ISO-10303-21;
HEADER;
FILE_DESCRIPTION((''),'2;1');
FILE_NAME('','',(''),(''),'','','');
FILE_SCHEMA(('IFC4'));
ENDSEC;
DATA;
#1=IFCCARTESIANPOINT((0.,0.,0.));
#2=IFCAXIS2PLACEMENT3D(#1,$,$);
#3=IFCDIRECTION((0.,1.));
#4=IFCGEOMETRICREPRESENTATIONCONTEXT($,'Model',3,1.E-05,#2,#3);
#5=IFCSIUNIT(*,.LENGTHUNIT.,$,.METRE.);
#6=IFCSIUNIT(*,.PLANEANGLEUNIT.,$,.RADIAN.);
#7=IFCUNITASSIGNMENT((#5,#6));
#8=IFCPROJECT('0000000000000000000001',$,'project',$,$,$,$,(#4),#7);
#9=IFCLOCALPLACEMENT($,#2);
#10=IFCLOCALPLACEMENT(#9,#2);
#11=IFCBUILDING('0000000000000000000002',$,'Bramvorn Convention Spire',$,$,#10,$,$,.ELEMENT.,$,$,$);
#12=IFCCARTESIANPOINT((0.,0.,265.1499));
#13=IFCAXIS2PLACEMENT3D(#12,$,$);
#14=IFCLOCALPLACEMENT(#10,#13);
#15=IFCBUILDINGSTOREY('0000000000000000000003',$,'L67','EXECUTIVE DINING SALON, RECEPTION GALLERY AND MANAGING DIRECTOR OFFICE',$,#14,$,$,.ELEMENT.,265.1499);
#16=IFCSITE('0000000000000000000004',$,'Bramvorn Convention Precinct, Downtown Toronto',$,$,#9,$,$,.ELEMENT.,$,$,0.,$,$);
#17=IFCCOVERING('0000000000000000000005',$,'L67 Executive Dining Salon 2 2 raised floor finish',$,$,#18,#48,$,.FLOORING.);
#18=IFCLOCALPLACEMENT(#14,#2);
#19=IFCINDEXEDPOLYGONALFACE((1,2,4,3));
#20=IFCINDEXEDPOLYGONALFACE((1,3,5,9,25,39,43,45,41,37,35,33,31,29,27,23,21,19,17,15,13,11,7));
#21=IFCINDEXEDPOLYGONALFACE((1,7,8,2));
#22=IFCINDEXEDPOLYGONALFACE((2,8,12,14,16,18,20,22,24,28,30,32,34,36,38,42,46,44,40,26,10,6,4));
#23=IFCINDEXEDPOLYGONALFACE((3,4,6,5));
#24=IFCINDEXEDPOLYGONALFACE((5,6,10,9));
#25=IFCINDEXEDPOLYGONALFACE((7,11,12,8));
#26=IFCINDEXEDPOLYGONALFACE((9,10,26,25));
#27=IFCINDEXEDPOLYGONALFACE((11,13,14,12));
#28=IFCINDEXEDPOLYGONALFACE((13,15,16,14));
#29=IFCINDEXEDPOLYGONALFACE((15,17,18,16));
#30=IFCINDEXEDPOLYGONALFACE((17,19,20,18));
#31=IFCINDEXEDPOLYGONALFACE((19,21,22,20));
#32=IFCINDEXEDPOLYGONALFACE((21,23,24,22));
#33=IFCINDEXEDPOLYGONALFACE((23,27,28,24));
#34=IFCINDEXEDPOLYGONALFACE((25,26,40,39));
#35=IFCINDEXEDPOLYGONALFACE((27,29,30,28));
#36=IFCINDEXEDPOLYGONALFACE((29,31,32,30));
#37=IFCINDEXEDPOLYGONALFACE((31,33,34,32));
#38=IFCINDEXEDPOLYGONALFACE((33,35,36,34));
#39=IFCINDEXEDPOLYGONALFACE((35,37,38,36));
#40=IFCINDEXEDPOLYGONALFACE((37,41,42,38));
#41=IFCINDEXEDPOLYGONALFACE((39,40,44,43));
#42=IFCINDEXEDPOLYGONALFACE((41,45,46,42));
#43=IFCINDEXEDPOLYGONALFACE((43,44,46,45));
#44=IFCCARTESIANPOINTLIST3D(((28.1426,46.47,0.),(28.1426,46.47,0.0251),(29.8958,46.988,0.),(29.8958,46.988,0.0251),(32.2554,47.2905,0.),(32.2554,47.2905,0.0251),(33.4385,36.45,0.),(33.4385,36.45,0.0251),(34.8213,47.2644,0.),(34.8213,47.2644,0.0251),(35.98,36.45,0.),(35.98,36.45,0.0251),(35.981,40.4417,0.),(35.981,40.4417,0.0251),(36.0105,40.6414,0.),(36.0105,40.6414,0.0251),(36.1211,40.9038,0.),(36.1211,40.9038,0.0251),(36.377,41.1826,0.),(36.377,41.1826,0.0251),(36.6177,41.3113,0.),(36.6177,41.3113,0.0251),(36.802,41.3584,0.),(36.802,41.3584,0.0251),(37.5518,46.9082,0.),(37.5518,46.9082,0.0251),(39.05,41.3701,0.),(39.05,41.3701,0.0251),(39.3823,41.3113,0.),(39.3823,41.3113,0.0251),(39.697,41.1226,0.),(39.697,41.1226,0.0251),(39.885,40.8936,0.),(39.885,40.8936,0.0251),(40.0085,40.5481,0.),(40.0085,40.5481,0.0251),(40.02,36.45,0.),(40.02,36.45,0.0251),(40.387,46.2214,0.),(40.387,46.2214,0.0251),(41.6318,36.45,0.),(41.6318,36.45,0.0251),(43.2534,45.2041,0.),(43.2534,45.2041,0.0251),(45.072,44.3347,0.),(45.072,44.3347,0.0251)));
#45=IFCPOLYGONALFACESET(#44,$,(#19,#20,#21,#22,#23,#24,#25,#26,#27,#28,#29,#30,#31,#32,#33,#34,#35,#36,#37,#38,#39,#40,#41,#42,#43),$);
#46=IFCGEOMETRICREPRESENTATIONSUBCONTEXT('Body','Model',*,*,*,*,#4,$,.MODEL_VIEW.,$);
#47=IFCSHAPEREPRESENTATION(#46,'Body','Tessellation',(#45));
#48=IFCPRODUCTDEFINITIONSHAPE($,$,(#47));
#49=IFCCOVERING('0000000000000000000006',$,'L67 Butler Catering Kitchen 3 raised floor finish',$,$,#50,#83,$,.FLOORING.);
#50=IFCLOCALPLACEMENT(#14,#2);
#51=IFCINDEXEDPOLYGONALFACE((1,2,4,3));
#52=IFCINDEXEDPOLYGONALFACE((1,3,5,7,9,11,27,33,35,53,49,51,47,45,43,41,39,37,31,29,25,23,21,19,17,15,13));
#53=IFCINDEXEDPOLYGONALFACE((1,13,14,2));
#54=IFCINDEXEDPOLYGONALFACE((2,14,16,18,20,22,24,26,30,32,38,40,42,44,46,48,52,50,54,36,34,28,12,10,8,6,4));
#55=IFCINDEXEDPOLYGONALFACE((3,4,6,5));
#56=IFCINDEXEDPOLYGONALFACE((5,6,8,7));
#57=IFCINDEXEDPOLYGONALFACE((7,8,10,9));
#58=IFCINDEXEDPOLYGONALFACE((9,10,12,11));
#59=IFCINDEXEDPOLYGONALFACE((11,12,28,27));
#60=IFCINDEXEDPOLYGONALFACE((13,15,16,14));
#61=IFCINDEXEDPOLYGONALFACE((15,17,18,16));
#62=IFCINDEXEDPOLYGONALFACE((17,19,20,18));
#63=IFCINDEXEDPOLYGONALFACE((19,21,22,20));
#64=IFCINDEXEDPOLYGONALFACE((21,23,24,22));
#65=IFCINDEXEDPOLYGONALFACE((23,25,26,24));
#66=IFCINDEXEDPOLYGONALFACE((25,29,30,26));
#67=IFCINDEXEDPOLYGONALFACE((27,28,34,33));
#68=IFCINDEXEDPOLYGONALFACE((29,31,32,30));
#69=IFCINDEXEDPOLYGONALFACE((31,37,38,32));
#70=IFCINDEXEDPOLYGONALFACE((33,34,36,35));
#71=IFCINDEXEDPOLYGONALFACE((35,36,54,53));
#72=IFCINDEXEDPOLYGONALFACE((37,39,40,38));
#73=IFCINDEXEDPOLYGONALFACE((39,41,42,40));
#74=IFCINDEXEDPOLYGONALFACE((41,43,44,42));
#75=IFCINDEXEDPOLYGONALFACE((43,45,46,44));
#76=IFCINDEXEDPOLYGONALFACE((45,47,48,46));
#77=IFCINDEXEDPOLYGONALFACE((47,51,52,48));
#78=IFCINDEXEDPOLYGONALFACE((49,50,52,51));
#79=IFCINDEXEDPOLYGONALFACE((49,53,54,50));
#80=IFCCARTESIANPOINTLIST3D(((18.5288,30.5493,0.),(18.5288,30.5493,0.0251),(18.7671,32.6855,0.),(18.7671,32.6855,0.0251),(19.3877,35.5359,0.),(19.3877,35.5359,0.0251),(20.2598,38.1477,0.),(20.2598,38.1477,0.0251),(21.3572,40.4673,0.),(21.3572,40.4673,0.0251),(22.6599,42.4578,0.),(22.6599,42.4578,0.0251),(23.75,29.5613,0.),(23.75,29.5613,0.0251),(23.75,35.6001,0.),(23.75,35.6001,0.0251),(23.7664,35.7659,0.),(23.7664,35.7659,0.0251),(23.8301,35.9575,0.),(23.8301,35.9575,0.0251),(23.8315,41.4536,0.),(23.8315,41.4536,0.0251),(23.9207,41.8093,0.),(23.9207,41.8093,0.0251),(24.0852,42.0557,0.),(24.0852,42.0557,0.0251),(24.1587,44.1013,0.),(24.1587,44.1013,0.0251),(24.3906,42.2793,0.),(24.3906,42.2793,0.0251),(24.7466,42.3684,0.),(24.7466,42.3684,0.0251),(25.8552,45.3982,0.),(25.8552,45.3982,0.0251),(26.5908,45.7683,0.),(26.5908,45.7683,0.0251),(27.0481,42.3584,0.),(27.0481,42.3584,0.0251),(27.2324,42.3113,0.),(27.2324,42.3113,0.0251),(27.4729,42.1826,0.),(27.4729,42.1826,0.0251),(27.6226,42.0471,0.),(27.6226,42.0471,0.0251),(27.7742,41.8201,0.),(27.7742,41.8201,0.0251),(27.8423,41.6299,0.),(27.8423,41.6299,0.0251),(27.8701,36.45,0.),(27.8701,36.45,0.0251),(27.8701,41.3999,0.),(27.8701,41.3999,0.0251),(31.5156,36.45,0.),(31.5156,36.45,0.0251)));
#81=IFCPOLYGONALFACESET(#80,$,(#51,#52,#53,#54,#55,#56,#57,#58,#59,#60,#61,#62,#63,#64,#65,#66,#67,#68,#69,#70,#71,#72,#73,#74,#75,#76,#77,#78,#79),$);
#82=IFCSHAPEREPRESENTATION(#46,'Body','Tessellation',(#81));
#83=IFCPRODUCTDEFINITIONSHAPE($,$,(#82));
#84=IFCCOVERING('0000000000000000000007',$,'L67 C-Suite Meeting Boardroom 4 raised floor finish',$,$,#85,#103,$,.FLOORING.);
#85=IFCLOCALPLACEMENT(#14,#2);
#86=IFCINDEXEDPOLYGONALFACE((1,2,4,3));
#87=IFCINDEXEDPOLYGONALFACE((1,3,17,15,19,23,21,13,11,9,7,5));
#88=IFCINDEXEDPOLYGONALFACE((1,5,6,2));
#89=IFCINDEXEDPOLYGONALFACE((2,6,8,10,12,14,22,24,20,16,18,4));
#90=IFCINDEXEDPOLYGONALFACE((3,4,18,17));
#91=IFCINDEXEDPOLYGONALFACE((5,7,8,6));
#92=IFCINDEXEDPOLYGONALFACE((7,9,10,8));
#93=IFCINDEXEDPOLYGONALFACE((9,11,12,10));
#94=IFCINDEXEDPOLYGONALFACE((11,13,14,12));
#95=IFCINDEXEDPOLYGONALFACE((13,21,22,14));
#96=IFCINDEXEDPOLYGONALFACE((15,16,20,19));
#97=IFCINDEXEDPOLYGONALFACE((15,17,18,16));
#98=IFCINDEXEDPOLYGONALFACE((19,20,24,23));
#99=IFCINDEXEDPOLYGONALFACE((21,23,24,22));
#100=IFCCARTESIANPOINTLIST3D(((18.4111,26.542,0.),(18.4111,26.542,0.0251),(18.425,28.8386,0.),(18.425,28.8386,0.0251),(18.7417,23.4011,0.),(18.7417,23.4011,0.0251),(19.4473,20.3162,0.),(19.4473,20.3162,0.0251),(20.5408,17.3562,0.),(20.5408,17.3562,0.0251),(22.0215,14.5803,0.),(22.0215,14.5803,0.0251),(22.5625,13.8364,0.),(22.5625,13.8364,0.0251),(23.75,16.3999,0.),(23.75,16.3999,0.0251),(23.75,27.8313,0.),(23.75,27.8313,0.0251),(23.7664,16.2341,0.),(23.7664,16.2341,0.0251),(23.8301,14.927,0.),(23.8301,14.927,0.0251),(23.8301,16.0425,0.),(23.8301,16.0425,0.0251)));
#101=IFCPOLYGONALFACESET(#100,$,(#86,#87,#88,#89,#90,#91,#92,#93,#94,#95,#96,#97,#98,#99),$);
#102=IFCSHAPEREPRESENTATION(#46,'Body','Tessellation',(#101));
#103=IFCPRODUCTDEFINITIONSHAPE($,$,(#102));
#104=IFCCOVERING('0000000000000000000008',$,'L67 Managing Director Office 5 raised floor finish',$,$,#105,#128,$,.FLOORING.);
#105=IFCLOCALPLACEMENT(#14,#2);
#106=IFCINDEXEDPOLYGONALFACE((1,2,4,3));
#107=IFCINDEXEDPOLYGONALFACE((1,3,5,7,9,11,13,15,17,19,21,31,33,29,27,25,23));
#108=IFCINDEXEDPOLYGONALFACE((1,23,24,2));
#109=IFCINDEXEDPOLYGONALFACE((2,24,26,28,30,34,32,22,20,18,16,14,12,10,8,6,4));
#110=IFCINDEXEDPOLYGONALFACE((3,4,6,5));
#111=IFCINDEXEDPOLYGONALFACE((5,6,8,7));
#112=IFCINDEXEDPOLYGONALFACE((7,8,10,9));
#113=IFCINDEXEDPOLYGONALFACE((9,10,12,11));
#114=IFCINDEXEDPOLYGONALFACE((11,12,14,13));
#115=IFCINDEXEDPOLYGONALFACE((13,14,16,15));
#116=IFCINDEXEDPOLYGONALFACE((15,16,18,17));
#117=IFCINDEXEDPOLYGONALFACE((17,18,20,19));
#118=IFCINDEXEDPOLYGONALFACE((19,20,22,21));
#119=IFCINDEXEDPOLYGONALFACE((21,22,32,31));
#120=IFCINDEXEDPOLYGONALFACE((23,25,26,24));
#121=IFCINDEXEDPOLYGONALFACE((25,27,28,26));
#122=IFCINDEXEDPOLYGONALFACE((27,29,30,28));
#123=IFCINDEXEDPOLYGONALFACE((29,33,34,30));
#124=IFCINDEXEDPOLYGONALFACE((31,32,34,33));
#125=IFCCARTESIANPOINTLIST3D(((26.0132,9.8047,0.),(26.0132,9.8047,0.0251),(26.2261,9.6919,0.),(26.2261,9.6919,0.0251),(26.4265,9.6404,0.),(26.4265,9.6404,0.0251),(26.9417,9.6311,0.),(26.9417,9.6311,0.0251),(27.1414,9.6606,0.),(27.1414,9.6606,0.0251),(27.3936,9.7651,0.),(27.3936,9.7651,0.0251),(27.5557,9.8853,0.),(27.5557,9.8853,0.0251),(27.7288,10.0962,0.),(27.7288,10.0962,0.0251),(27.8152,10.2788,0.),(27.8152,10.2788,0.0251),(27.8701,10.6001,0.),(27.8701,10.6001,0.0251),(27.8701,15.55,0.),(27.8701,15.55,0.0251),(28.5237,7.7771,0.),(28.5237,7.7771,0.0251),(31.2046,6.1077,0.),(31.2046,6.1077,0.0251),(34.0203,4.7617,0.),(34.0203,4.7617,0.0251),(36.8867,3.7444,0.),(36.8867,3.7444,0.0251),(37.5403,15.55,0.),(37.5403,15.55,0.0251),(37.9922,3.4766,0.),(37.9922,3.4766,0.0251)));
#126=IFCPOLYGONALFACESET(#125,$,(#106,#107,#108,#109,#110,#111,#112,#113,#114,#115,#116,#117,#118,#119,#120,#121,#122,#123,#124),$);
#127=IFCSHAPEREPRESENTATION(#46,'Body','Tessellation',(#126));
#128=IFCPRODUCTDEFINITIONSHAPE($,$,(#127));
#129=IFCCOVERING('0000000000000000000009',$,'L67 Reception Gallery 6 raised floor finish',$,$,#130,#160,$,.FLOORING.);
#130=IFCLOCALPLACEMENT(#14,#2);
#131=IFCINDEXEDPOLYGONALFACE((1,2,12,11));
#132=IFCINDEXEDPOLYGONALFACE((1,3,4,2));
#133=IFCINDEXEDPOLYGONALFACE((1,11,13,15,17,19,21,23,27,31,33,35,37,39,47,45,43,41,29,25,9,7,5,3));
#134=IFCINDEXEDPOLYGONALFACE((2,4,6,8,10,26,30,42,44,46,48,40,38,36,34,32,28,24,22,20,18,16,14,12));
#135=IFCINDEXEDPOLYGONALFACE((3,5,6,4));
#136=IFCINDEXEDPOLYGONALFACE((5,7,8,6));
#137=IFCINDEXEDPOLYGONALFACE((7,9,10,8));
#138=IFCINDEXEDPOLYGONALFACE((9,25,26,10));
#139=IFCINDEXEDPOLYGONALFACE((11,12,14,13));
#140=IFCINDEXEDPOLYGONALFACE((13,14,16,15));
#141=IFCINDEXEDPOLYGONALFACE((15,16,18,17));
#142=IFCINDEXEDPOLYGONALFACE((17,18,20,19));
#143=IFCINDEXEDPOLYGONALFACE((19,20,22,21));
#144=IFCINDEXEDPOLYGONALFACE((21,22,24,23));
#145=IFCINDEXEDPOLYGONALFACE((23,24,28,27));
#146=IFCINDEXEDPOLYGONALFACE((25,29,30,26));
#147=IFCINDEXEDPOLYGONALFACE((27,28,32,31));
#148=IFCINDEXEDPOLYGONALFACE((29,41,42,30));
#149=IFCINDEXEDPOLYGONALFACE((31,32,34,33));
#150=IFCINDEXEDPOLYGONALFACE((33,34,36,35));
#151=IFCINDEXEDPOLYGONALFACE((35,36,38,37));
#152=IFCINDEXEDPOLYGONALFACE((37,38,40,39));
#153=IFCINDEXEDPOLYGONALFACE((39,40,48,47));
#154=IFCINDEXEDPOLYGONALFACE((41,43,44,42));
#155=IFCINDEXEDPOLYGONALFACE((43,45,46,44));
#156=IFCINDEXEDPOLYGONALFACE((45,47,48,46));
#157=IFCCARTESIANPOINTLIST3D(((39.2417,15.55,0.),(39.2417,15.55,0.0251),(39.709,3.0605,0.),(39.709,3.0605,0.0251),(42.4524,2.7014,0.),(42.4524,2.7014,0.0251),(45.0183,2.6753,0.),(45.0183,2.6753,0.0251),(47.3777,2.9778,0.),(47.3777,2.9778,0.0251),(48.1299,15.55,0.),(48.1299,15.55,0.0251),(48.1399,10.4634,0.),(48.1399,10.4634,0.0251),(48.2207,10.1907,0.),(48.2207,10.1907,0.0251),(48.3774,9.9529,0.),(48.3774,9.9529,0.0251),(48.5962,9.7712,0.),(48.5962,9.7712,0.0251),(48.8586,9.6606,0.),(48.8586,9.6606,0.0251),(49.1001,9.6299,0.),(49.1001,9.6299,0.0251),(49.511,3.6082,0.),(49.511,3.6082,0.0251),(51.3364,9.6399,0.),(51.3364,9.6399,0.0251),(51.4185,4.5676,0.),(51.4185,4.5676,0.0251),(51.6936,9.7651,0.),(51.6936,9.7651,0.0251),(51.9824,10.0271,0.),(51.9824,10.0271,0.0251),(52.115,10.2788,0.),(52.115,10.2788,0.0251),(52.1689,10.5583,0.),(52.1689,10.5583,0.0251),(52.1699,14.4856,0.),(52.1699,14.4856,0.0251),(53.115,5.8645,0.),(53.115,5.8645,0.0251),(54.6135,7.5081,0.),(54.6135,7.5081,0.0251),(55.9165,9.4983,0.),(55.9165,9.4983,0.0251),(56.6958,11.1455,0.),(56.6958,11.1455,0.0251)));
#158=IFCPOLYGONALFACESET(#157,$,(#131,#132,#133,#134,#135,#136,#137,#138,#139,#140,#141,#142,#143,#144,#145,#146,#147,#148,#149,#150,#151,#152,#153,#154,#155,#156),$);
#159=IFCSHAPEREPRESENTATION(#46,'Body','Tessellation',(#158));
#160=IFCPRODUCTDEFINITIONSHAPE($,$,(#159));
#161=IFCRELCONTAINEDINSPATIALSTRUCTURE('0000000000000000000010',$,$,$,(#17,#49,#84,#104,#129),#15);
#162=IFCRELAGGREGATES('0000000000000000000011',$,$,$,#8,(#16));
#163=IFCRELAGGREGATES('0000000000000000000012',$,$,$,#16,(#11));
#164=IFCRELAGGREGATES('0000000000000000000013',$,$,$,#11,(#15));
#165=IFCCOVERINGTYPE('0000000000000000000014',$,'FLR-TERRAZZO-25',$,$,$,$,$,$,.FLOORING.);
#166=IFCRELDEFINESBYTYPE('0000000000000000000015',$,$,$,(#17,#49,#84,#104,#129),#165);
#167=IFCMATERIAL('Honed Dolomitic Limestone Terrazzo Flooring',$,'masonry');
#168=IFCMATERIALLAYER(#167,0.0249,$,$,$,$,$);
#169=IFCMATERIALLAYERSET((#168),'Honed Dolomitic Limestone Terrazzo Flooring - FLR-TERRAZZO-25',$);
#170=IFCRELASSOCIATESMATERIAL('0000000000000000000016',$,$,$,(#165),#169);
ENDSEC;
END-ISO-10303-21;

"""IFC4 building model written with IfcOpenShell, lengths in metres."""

from ifc_helpers import new_model, si_unit, direction, frame, origin, place, context, subcontext, project, spatial, polyline, outline, extrude, material, layer, layer_set, type_object, element, save


model = new_model("IFC4")

# Units and contexts
model_context = context("Model", 3, precision=1e-05, world=origin(), true_north=direction((0.0, 1.0)))
body_context = subcontext(model_context, "Body", "Model", "MODEL_VIEW")
ifc_project = project(units=[si_unit("LENGTHUNIT", "METRE"), si_unit("PLANEANGLEUNIT", "RADIAN")], contexts=[model_context])

# Site, building, storey
site_placement = place(None, origin())
site = spatial("IfcSite", under=ifc_project, at=site_placement, Name="Bramvorn Convention Precinct, Downtown Toronto", CompositionType="ELEMENT", RefElevation=0.0)
building_placement = place(site_placement, origin())
building = spatial("IfcBuilding", under=site, at=building_placement, Name="Bramvorn Convention Spire", CompositionType="ELEMENT")
storey_placement = place(building_placement, frame((0.0, 0.0, 265.1499)))
storey = spatial("IfcBuildingStorey", under=building, at=storey_placement, Name="L67", Description="EXECUTIVE DINING SALON, RECEPTION GALLERY AND MANAGING DIRECTOR OFFICE", CompositionType="ELEMENT", Elevation=265.1499)

# Coverings
ifc_material_1 = material(Name="Honed Dolomitic Limestone Terrazzo Flooring", Category="masonry")
ifc_layer_1 = layer(ifc_material_1, 0.0249)
ifc_layer_set_1 = layer_set([ifc_layer_1], Name="Honed Dolomitic Limestone Terrazzo Flooring - FLR-TERRAZZO-25")
covering_type = type_object("IfcCoveringType", Name="FLR-TERRAZZO-25", PredefinedType="FLOORING", material=ifc_layer_set_1)
covering_1_placement = place(storey_placement, origin())
element("IfcCovering", 1, at=covering_1_placement, inside=storey, type_object=covering_type, Name="L67 Executive Dining Salon 2 2 raised floor finish", PredefinedType="FLOORING", context=body_context, shape_type="SweptSolid", body=[
    extrude(outline(polyline([(33.4385, 36.45), (35.98, 36.45), (35.981, 40.4417), (36.0105, 40.6414), (36.1211, 40.9038), (36.377, 41.1826), (36.6177, 41.3113), (36.802, 41.3584), (39.05, 41.3701), (39.3823, 41.3113), (39.697, 41.1226), (39.885, 40.8936), (40.0085, 40.5481), (40.02, 36.45), (41.6318, 36.45), (45.072, 44.3347), (43.2534, 45.2041), (40.387, 46.2214), (37.5518, 46.9082), (34.8213, 47.2644), (32.2554, 47.2905), (29.8958, 46.988), (28.1426, 46.47), (33.4385, 36.45)])), origin(), (0.0, 0.0, 1.0), 0.0251),
])
covering_2_placement = place(storey_placement, origin())
element("IfcCovering", 2, at=covering_2_placement, inside=storey, type_object=covering_type, Name="L67 Butler Catering Kitchen 3 raised floor finish", PredefinedType="FLOORING", context=body_context, shape_type="SweptSolid", body=[
    extrude(outline(polyline([(18.7671, 32.6855), (18.5288, 30.5493), (23.75, 29.5613), (23.75, 35.6001), (23.7664, 35.7659), (23.8301, 35.9575), (23.8315, 41.4536), (23.9207, 41.8093), (24.0852, 42.0557), (24.3906, 42.2793), (24.7466, 42.3684), (27.0481, 42.3584), (27.2324, 42.3113), (27.4729, 42.1826), (27.6226, 42.0471), (27.7742, 41.8201), (27.8423, 41.6299), (27.8701, 41.3999), (27.8701, 36.45), (31.5156, 36.45), (26.5908, 45.7683), (25.8552, 45.3982), (24.1587, 44.1013), (22.6599, 42.4578), (21.3572, 40.4673), (20.2598, 38.1477), (19.3877, 35.5359), (18.7671, 32.6855)])), origin(), (0.0, 0.0, 1.0), 0.0251),
])
covering_3_placement = place(storey_placement, origin())
element("IfcCovering", 3, at=covering_3_placement, inside=storey, type_object=covering_type, Name="L67 C-Suite Meeting Boardroom 4 raised floor finish", PredefinedType="FLOORING", context=body_context, shape_type="SweptSolid", body=[
    extrude(outline(polyline([(18.4111, 26.542), (18.7417, 23.4011), (19.4473, 20.3162), (20.5408, 17.3562), (22.0215, 14.5803), (22.5625, 13.8364), (23.8301, 14.927), (23.8301, 16.0425), (23.7664, 16.2341), (23.75, 16.3999), (23.75, 27.8313), (18.425, 28.8386), (18.4111, 26.542)])), origin(), (0.0, 0.0, 1.0), 0.0251),
])
covering_4_placement = place(storey_placement, origin())
element("IfcCovering", 4, at=covering_4_placement, inside=storey, type_object=covering_type, Name="L67 Managing Director Office 5 raised floor finish", PredefinedType="FLOORING", context=body_context, shape_type="SweptSolid", body=[
    extrude(outline(polyline([(28.5237, 7.7771), (31.2046, 6.1077), (34.0203, 4.7617), (36.8867, 3.7444), (37.9922, 3.4766), (37.5403, 15.55), (27.8701, 15.55), (27.8701, 10.6001), (27.8152, 10.2788), (27.7288, 10.0962), (27.5557, 9.8853), (27.3936, 9.7651), (27.1414, 9.6606), (26.9417, 9.6311), (26.4265, 9.6404), (26.2261, 9.6919), (26.0132, 9.8047), (28.5237, 7.7771)])), origin(), (0.0, 0.0, 1.0), 0.0251),
])
covering_5_placement = place(storey_placement, origin())
element("IfcCovering", 5, at=covering_5_placement, inside=storey, type_object=covering_type, Name="L67 Reception Gallery 6 raised floor finish", PredefinedType="FLOORING", context=body_context, shape_type="SweptSolid", body=[
    extrude(outline(polyline([(45.0183, 2.6753), (47.3777, 2.9778), (49.511, 3.6082), (51.4185, 4.5676), (53.115, 5.8645), (54.6135, 7.5081), (55.9165, 9.4983), (56.6958, 11.1455), (52.1699, 14.4856), (52.1689, 10.5583), (52.115, 10.2788), (51.9824, 10.0271), (51.6936, 9.7651), (51.3364, 9.6399), (49.1001, 9.6299), (48.8586, 9.6606), (48.5962, 9.7712), (48.3774, 9.9529), (48.2207, 10.1907), (48.1399, 10.4634), (48.1299, 15.55), (39.2417, 15.55), (39.709, 3.0605), (42.4524, 2.7014), (45.0183, 2.6753)])), origin(), (0.0, 0.0, 1.0), 0.0251),
])

save(model, "model.ifc")
